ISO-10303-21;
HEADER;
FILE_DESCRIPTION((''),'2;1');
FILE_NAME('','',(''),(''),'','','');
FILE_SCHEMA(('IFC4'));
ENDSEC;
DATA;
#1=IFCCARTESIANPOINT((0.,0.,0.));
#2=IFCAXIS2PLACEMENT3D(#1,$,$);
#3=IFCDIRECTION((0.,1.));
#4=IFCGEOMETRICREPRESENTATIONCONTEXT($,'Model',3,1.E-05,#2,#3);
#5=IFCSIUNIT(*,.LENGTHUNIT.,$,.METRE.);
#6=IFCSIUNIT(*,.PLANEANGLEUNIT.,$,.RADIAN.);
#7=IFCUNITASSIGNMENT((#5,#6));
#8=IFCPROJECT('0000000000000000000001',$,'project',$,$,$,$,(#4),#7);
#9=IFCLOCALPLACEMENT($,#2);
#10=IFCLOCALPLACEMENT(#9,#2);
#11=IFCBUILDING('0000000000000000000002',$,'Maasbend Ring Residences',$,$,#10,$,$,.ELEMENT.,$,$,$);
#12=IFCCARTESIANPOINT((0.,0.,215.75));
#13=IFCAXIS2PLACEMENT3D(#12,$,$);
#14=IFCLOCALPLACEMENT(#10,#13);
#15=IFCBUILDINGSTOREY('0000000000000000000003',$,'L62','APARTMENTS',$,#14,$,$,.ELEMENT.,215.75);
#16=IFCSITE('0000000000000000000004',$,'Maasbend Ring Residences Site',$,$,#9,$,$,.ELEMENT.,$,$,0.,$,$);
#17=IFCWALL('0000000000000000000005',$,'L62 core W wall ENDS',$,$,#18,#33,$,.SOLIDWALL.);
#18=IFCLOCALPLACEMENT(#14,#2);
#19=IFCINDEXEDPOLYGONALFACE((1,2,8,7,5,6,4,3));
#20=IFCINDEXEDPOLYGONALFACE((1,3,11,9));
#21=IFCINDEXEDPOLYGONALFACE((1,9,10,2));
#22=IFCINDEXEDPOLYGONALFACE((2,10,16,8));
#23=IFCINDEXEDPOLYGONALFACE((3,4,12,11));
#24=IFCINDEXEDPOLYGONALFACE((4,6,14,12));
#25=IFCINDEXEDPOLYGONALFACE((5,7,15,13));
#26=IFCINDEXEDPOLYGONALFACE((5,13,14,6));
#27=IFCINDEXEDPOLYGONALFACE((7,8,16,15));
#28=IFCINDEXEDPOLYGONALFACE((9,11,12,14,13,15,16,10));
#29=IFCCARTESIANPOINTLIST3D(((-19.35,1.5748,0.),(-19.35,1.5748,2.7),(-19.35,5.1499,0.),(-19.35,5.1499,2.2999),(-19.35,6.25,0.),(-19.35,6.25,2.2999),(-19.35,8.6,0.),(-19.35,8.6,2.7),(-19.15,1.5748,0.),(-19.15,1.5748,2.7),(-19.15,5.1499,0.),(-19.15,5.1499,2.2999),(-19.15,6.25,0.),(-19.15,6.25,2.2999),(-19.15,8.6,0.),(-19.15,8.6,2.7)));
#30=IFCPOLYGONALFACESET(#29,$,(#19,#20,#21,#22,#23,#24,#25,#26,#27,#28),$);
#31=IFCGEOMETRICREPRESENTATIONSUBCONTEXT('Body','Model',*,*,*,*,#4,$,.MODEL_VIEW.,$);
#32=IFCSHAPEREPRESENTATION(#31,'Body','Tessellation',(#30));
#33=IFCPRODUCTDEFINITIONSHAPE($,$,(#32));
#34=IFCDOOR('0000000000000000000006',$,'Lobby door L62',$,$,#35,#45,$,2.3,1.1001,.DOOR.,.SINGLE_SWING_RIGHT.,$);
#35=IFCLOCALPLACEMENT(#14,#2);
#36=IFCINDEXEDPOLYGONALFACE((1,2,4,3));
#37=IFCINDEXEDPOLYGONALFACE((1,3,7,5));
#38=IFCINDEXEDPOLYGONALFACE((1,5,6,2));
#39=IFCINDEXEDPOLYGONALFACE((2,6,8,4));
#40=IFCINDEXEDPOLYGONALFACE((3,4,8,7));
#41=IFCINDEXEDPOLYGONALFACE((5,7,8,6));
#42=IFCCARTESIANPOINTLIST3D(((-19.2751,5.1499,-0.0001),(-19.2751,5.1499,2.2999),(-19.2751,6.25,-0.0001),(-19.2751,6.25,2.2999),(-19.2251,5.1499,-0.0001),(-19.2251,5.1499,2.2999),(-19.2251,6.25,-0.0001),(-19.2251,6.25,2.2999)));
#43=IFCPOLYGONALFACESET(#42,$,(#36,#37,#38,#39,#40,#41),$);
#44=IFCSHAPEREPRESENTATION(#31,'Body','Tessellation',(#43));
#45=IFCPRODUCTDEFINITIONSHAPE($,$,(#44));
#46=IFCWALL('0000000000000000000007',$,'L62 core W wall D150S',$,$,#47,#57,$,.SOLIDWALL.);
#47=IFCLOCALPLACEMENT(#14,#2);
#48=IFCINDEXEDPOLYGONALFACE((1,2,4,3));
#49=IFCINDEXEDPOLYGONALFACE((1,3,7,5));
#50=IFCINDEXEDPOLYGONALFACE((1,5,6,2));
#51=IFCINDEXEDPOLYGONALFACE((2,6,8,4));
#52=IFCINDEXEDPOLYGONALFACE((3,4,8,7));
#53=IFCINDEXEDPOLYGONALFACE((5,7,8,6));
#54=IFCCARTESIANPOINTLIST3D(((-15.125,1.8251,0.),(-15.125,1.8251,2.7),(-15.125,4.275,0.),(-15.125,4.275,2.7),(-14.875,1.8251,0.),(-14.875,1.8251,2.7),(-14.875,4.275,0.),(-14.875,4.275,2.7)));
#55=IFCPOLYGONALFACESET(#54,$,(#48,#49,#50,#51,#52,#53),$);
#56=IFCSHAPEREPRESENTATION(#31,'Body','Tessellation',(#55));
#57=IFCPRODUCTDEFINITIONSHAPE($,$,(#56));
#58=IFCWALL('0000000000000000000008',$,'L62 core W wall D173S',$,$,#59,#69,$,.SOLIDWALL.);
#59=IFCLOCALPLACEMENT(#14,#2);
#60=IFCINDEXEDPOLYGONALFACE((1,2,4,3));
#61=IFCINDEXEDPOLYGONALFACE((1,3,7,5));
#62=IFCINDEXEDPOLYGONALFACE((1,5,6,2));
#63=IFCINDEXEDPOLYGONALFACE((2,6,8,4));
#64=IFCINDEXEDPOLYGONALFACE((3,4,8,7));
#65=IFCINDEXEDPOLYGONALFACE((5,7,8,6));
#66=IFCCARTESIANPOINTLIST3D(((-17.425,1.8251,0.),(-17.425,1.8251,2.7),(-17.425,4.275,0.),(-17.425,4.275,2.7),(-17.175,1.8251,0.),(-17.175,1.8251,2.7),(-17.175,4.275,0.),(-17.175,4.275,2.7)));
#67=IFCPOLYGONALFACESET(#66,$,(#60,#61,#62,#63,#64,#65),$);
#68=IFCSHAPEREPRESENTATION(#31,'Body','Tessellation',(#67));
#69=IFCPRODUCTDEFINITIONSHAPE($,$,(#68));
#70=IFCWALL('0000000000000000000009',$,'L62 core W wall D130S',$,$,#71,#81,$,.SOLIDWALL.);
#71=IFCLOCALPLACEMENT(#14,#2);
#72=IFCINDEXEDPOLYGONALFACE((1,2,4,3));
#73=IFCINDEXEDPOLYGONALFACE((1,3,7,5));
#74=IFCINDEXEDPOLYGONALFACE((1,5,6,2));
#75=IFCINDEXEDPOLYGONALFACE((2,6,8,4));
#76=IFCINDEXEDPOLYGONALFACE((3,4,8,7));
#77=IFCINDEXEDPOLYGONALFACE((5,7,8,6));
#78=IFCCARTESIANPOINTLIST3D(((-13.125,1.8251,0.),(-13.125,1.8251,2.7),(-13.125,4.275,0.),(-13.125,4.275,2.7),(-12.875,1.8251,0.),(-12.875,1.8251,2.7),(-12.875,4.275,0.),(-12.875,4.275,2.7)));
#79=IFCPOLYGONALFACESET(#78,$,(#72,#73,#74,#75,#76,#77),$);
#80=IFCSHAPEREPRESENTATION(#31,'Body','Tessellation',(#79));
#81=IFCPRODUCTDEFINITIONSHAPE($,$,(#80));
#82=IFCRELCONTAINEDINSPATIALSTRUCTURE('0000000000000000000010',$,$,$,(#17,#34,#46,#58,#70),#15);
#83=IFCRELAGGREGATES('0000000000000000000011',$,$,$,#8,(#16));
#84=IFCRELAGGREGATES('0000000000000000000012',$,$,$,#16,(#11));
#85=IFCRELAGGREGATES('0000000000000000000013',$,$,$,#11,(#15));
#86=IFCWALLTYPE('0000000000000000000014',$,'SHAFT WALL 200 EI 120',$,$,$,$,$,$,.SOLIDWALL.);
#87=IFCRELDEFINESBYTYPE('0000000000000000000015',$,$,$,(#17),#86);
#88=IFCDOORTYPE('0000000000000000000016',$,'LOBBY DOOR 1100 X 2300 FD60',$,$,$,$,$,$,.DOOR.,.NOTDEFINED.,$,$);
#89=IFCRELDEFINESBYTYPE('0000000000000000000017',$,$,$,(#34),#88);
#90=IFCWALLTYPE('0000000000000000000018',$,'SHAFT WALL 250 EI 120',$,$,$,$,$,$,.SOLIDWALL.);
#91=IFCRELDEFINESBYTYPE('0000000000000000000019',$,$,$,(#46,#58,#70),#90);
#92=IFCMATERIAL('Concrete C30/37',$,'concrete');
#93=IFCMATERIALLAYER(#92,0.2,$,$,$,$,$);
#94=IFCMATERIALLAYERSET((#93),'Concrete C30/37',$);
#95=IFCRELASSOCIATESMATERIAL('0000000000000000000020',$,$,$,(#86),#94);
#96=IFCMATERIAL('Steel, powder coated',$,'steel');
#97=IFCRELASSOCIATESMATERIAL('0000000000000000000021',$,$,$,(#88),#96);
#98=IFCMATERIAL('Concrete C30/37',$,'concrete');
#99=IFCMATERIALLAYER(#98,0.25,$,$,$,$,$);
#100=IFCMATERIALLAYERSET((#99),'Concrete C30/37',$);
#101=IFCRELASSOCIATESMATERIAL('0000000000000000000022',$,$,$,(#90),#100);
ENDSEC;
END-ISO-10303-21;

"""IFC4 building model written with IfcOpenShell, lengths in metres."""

from ifc_helpers import new_model, si_unit, direction, frame, frame_2d, origin, place, context, subcontext, project, spatial, rectangle, extrude, material, layer, layer_set, type_object, element, fill, save


model = new_model("IFC4")

# Units and contexts
model_context = context("Model", 3, precision=1e-05, world=origin(), true_north=direction((0.0, 1.0)))
body_context = subcontext(model_context, "Body", "Model", "MODEL_VIEW")
ifc_project = project(units=[si_unit("LENGTHUNIT", "METRE"), si_unit("PLANEANGLEUNIT", "RADIAN")], contexts=[model_context])

# Site, building, storey
site_placement = place(None, origin())
site = spatial("IfcSite", under=ifc_project, at=site_placement, Name="Maasbend Ring Residences Site", CompositionType="ELEMENT", RefElevation=0.0)
building_placement = place(site_placement, origin())
building = spatial("IfcBuilding", under=site, at=building_placement, Name="Maasbend Ring Residences", CompositionType="ELEMENT")
storey_placement = place(building_placement, frame((0.0, 0.0, 215.75)))
storey = spatial("IfcBuildingStorey", under=building, at=storey_placement, Name="L62", Description="APARTMENTS", CompositionType="ELEMENT", Elevation=215.75)

# Wall, opening, door
ifc_material_1 = material(Name="Concrete C30/37", Category="concrete")
ifc_layer_1 = layer(ifc_material_1, 0.2)
ifc_layer_set_1 = layer_set([ifc_layer_1], Name="Concrete C30/37")
wall_type_1 = type_object("IfcWallType", Name="SHAFT WALL 200 EI 120", PredefinedType="SOLIDWALL", material=ifc_layer_set_1)
wall_1_placement = place(storey_placement, frame((-19.25, 8.6001, 0.0), z_axis=(0.0, 0.0, 1.0), x_axis=(0.0, -1.0, 0.0)))
wall_1 = element("IfcWall", 1, at=wall_1_placement, inside=storey, type_object=wall_type_1, Name="L62 core W wall ENDS", PredefinedType="SOLIDWALL", context=body_context, shape_type="SweptSolid", body=[
    extrude(rectangle(XDim=7.0251, YDim=0.2, at=frame_2d((3.5127, 0.0))), origin(), (0.0, 0.0, 1.0), 2.7),
])
opening_1_placement = place(wall_1_placement, frame((2.3501, 0.0, 0.0)))
opening_1 = element("IfcOpeningElement", 2, at=opening_1_placement, cuts=wall_1, PredefinedType="OPENING", context=body_context, shape_type="SweptSolid", body=[
    extrude(rectangle(XDim=1.1001, YDim=2.3, at=frame_2d((0.55, 1.1499))), frame((0.0, 0.1099, 0.0), z_axis=(0.0, -1.0, 0.0), x_axis=(1.0, 0.0, 0.0)), (0.0, 0.0, 1.0), 0.22),
])
ifc_material_2 = material(Name="Steel, powder coated", Category="steel")
door_type_1 = type_object("IfcDoorType", Name="LOBBY DOOR 1100 X 2300 FD60", OperationType="NOTDEFINED", PredefinedType="DOOR", material=ifc_material_2)
door_1_placement = place(opening_1_placement, origin())
door_1 = element("IfcDoor", 3, at=door_1_placement, inside=storey, type_object=door_type_1, Name="Lobby door L62", OperationType="SINGLE_SWING_RIGHT", OverallHeight=2.3, OverallWidth=1.1001, PredefinedType="DOOR", context=body_context, shape_type="SweptSolid", body=[
    extrude(rectangle(XDim=1.1001, YDim=2.3, at=frame_2d((0.55, 1.1499))), frame((0.0, 0.0249, 0.0), z_axis=(0.0, -1.0, 0.0), x_axis=(1.0, 0.0, 0.0)), (0.0, 0.0, 1.0), 0.05),
])
fill(opening_1, door_1)

# Walls
ifc_material_3 = material(Name="Concrete C30/37", Category="concrete")
ifc_layer_2 = layer(ifc_material_3, 0.25)
ifc_layer_set_2 = layer_set([ifc_layer_2], Name="Concrete C30/37")
wall_type_2 = type_object("IfcWallType", Name="SHAFT WALL 250 EI 120", PredefinedType="SOLIDWALL", material=ifc_layer_set_2)
for number, where, z_axis, x_axis, name in (
    (4, (-15.0, 1.825, 0.0), (0.0, 0.0, 1.0), (0.0, 1.0, 0.0), "L62 core W wall D150S"),
    (5, (-17.3, 1.825, 0.0), (0.0, 0.0, 1.0), (0.0, 1.0, 0.0), "L62 core W wall D173S"),
    (6, (-13.0, 1.825, 0.0), (0.0, 0.0, 1.0), (0.0, 1.0, 0.0), "L62 core W wall D130S"),
):
    element("IfcWall", number, at=place(storey_placement, frame(where, z_axis=z_axis, x_axis=x_axis)), inside=storey, type_object=wall_type_2, Name=name, PredefinedType="SOLIDWALL", context=body_context, shape_type="SweptSolid", body=[
        extrude(rectangle(XDim=2.45, YDim=0.25, at=frame_2d((1.2251, 0.0))), origin(), (0.0, 0.0, 1.0), 2.7),
    ])

save(model, "model.ifc")
